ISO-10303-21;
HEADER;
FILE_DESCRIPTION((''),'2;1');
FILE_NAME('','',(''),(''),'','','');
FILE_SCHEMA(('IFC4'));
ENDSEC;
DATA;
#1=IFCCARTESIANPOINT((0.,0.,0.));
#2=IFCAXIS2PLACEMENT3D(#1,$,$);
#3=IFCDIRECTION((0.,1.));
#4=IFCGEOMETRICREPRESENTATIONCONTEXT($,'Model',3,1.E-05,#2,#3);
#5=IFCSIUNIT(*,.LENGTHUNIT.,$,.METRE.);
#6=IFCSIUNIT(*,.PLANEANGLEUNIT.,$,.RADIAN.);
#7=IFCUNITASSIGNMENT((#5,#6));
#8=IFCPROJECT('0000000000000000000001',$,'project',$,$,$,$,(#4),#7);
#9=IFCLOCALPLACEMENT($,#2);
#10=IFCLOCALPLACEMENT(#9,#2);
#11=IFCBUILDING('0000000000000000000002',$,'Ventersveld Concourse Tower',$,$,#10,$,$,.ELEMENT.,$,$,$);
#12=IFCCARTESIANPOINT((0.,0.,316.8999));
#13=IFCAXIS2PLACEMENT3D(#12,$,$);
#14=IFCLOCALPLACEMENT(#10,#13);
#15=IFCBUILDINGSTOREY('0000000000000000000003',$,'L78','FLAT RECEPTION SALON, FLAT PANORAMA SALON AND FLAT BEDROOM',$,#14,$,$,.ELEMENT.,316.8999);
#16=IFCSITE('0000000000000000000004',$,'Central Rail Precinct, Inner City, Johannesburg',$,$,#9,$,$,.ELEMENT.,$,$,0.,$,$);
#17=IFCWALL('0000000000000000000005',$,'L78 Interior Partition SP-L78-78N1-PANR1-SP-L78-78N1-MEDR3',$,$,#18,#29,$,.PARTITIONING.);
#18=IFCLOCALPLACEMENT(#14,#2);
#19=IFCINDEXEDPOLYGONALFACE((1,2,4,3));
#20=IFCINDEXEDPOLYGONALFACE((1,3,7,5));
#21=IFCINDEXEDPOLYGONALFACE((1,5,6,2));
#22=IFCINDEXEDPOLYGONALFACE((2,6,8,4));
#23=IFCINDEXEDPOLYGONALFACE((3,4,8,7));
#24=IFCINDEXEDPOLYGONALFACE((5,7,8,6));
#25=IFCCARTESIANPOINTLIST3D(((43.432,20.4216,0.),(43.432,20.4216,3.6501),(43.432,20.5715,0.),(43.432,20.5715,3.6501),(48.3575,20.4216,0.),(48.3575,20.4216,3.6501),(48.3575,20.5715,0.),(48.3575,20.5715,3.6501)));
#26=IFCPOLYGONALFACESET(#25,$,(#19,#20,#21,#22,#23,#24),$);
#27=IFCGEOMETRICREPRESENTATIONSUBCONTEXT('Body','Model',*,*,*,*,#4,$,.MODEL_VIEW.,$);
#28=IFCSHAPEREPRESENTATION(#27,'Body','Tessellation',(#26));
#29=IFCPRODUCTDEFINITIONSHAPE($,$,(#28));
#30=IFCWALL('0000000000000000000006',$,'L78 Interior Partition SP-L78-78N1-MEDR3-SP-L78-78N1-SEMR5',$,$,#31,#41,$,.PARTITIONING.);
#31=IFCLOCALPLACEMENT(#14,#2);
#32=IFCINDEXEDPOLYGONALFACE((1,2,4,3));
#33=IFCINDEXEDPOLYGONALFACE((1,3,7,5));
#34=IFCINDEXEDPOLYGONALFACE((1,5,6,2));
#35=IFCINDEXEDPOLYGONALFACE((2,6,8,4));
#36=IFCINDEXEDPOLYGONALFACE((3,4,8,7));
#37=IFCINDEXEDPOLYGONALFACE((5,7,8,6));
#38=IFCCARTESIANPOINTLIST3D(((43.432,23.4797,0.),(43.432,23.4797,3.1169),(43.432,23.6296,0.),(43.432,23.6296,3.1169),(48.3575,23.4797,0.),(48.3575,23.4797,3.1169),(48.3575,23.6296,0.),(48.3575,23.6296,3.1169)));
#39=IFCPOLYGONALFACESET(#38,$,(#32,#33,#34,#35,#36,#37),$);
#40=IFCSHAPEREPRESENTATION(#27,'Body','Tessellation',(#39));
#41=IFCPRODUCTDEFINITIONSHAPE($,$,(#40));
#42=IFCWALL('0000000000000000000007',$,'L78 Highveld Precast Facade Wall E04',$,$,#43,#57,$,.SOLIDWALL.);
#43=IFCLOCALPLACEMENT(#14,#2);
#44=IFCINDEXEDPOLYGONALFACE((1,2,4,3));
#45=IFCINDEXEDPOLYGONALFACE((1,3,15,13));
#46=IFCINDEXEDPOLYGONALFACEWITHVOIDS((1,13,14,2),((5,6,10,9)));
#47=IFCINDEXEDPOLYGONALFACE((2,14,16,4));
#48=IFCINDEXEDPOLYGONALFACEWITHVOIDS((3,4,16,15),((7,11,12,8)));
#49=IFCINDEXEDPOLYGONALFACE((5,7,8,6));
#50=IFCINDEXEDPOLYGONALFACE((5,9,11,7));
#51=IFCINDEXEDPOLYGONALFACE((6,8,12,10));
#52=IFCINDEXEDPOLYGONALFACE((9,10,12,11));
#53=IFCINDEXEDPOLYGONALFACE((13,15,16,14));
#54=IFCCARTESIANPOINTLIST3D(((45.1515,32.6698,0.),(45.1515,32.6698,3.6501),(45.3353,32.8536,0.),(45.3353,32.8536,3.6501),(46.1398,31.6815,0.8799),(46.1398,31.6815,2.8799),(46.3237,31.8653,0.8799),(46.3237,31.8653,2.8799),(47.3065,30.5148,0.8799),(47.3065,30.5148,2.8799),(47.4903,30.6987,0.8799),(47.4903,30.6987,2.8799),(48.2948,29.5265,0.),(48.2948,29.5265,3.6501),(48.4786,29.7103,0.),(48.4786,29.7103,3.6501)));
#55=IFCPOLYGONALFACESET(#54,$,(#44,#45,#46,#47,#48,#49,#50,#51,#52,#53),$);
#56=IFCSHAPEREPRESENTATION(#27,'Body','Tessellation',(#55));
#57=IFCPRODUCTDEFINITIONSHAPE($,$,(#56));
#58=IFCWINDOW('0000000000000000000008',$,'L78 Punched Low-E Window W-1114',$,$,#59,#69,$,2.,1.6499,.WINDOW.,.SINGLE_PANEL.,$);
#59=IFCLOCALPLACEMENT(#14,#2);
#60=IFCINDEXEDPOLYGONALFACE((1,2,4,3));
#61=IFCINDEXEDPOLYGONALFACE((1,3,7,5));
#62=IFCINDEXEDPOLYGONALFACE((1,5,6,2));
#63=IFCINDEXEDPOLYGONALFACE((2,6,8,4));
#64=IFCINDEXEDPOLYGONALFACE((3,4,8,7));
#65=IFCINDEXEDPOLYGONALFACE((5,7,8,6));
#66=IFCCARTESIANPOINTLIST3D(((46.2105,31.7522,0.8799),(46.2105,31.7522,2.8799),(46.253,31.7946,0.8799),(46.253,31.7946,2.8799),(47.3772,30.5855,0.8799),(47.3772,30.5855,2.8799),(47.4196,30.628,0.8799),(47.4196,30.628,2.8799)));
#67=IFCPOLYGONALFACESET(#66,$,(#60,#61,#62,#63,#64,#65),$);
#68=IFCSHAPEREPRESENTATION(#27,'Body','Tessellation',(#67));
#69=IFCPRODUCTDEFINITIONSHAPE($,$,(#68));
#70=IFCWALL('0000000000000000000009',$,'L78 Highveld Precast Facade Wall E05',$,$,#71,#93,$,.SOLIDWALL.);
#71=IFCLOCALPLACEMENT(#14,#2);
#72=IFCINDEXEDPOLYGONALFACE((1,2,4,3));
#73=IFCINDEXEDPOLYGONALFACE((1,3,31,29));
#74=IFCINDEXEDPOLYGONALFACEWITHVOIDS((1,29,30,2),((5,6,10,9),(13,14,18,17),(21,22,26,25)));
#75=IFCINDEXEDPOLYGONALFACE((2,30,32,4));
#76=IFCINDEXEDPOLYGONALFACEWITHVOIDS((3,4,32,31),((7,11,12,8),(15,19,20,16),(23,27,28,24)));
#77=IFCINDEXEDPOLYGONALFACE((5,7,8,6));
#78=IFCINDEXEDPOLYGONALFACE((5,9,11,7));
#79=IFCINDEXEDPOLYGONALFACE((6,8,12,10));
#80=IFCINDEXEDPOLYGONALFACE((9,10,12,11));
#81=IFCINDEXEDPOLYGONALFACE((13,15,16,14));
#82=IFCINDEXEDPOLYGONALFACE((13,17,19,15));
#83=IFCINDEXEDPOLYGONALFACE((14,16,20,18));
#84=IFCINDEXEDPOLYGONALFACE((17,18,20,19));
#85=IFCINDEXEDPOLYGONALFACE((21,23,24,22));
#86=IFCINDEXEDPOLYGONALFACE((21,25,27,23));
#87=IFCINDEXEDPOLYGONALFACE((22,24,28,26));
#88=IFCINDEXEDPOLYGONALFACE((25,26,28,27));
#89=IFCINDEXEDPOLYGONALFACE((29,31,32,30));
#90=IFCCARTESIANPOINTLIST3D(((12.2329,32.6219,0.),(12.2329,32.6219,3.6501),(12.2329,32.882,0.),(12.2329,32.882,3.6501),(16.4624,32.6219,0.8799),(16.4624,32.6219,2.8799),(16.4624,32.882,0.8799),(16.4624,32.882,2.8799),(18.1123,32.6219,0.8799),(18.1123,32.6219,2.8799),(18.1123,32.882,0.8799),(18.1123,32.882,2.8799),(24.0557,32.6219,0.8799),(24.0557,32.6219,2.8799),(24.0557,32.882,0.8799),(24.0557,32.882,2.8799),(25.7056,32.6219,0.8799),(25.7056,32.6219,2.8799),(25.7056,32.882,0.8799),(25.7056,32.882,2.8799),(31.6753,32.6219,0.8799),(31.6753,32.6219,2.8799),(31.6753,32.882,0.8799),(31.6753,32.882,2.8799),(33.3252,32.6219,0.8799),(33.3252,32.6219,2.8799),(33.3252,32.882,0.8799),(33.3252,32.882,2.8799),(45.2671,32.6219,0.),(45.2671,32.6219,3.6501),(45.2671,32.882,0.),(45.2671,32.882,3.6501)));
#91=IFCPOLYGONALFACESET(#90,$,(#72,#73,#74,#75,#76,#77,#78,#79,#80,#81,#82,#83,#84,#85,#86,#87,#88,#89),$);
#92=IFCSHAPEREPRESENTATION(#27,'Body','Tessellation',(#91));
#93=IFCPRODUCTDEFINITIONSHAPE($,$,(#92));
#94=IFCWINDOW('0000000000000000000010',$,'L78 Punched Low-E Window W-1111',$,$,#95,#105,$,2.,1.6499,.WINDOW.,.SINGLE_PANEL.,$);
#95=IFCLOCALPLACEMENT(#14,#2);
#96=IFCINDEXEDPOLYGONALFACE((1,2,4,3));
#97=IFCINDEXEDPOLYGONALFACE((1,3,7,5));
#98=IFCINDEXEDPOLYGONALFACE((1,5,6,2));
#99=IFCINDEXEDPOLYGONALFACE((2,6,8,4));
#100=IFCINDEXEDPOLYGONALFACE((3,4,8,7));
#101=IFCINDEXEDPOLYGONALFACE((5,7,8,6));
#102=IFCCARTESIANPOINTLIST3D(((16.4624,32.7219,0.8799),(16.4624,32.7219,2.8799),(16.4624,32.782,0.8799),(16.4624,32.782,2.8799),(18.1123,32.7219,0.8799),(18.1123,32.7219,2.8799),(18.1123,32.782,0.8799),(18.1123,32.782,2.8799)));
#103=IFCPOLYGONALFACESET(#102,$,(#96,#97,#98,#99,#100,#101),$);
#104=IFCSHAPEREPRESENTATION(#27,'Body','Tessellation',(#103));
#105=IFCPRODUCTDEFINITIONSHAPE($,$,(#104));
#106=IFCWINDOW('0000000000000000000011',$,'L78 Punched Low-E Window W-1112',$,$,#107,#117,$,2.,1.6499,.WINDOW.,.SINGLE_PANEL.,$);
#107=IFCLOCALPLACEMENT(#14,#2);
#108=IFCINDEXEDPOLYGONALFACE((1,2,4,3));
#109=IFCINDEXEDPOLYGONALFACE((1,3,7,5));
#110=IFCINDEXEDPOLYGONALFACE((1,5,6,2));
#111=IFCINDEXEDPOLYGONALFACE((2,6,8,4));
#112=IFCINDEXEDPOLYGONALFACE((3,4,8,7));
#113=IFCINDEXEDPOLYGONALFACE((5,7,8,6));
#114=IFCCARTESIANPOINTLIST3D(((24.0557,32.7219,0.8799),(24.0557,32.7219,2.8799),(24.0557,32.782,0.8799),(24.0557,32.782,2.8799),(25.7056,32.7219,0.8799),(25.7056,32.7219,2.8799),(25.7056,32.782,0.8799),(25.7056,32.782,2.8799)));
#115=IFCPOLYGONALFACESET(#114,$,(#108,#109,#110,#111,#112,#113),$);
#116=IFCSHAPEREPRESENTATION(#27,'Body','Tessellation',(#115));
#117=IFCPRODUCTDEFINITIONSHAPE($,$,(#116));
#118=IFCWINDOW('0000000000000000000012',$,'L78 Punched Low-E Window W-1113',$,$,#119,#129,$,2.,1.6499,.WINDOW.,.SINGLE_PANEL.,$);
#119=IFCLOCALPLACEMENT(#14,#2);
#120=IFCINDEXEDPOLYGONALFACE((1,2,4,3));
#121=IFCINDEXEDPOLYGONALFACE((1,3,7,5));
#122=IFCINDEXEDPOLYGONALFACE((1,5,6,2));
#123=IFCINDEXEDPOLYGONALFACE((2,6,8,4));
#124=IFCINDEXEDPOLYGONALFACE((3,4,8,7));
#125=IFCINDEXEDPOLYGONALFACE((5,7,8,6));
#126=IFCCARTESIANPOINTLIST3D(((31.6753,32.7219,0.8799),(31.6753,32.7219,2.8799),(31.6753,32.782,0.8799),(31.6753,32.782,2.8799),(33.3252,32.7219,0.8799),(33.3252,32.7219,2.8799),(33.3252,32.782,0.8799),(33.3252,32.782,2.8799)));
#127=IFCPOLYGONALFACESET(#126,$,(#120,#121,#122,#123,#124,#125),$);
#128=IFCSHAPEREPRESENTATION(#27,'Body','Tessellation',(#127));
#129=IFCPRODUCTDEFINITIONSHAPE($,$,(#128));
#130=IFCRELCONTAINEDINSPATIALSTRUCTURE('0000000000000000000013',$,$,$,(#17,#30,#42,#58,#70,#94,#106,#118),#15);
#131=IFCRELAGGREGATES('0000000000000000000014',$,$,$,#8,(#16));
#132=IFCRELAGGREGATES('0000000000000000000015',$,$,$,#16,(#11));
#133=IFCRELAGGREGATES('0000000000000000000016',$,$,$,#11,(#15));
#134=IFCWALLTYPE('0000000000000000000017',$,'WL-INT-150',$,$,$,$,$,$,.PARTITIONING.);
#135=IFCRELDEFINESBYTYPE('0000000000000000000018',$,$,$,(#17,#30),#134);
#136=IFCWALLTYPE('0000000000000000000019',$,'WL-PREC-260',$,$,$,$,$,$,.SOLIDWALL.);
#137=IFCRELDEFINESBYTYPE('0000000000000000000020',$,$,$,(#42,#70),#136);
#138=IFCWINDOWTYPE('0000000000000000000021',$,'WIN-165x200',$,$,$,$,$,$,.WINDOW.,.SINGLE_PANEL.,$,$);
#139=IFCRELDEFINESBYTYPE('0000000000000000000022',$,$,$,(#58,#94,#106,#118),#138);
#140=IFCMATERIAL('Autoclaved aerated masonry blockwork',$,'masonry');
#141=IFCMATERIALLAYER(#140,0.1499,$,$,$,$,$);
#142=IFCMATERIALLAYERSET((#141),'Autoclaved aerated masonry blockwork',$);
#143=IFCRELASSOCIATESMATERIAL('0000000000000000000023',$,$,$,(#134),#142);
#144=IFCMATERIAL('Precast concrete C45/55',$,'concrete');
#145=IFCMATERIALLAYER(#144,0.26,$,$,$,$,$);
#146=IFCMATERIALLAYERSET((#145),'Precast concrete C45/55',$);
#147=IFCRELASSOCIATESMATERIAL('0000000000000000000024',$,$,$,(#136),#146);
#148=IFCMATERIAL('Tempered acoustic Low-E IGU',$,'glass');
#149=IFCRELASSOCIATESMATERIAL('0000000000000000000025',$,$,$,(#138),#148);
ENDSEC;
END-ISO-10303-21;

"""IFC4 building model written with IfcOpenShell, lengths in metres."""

from ifc_helpers import new_model, si_unit, direction, frame, frame_2d, origin, place, context, subcontext, project, spatial, rectangle, extrude, material, layer, layer_set, type_object, element, fill, save


model = new_model("IFC4")

# Units and contexts
model_context = context("Model", 3, precision=1e-05, world=origin(), true_north=direction((0.0, 1.0)))
body_context = subcontext(model_context, "Body", "Model", "MODEL_VIEW")
ifc_project = project(units=[si_unit("LENGTHUNIT", "METRE"), si_unit("PLANEANGLEUNIT", "RADIAN")], contexts=[model_context])

# Site, building, storey
site_placement = place(None, origin())
site = spatial("IfcSite", under=ifc_project, at=site_placement, Name="Central Rail Precinct, Inner City, Johannesburg", CompositionType="ELEMENT", RefElevation=0.0)
building_placement = place(site_placement, origin())
building = spatial("IfcBuilding", under=site, at=building_placement, Name="Ventersveld Concourse Tower", CompositionType="ELEMENT")
storey_placement = place(building_placement, frame((0.0, 0.0, 316.8999)))
storey = spatial("IfcBuildingStorey", under=building, at=storey_placement, Name="L78", Description="FLAT RECEPTION SALON, FLAT PANORAMA SALON AND FLAT BEDROOM", CompositionType="ELEMENT", Elevation=316.8999)

# Shared definitions
ifc_material_1 = material(Name="Autoclaved aerated masonry blockwork", Category="masonry")
ifc_layer_1 = layer(ifc_material_1, 0.1499)
ifc_layer_set_1 = layer_set([ifc_layer_1], Name="Autoclaved aerated masonry blockwork")
wall_type_1 = type_object("IfcWallType", Name="WL-INT-150", PredefinedType="PARTITIONING", material=ifc_layer_set_1)

# Walls
wall_1_placement = place(storey_placement, frame((43.4319, 20.4966, 0.0), z_axis=(0.0, 0.0, 1.0), x_axis=(1.0, 0.0, 0.0)))
element("IfcWall", 1, at=wall_1_placement, inside=storey, type_object=wall_type_1, Name="L78 Interior Partition SP-L78-78N1-PANR1-SP-L78-78N1-MEDR3", PredefinedType="PARTITIONING", context=body_context, shape_type="SweptSolid", body=[
    extrude(rectangle(XDim=4.9255, YDim=0.1499, at=frame_2d((2.4629, 0.0))), origin(), (0.0, 0.0, 1.0), 3.6501),
])
wall_2_placement = place(storey_placement, frame((43.4319, 23.5547, 0.0), z_axis=(0.0, 0.0, 1.0), x_axis=(1.0, 0.0, 0.0)))
element("IfcWall", 2, at=wall_2_placement, inside=storey, type_object=wall_type_1, Name="L78 Interior Partition SP-L78-78N1-MEDR3-SP-L78-78N1-SEMR5", PredefinedType="PARTITIONING", context=body_context, shape_type="SweptSolid", body=[
    extrude(rectangle(XDim=4.9255, YDim=0.1499, at=frame_2d((2.4629, 0.0))), origin(), (0.0, 0.0, 1.0), 3.1169),
])

# Wall, opening, window
ifc_material_2 = material(Name="Precast concrete C45/55", Category="concrete")
ifc_layer_2 = layer(ifc_material_2, 0.26)
ifc_layer_set_2 = layer_set([ifc_layer_2], Name="Precast concrete C45/55")
wall_type_2 = type_object("IfcWallType", Name="WL-PREC-260", PredefinedType="SOLIDWALL", material=ifc_layer_set_2)
wall_3_placement = place(storey_placement, frame((48.3867, 29.6184, 0.0), z_axis=(0.0, 0.0, 1.0), x_axis=(-0.707107, 0.707107, 0.0)))
wall_3 = element("IfcWall", 3, at=wall_3_placement, inside=storey, type_object=wall_type_2, Name="L78 Highveld Precast Facade Wall E04", PredefinedType="SOLIDWALL", context=body_context, shape_type="SweptSolid", body=[
    extrude(rectangle(XDim=4.4453, YDim=0.26, at=frame_2d((2.2227, 0.0))), origin(), (0.0, 0.0, 1.0), 3.6501),
])
opening_1_placement = place(wall_3_placement, frame((1.3977, 0.0, 0.8799)))
opening_1 = element("IfcOpeningElement", 4, at=opening_1_placement, cuts=wall_3, PredefinedType="OPENING", context=body_context, shape_type="SweptSolid", body=[
    extrude(rectangle(XDim=1.6499, YDim=2.0, at=frame_2d((0.825, 1.0))), frame((0.0, 0.1401, 0.0), z_axis=(0.0, -1.0, 0.0), x_axis=(1.0, 0.0, 0.0)), (0.0, 0.0, 1.0), 0.28),
])
ifc_material_3 = material(Name="Tempered acoustic Low-E IGU", Category="glass")
window_type = type_object("IfcWindowType", Name="WIN-165x200", PartitioningType="SINGLE_PANEL", PredefinedType="WINDOW", material=ifc_material_3)
window_1_placement = place(opening_1_placement, origin())
window_1 = element("IfcWindow", 5, at=window_1_placement, inside=storey, type_object=window_type, Name="L78 Punched Low-E Window W-1114", OverallHeight=2.0, OverallWidth=1.6499, PartitioningType="SINGLE_PANEL", PredefinedType="WINDOW", context=body_context, shape_type="SweptSolid", body=[
    extrude(rectangle(XDim=1.6499, YDim=2.0, at=frame_2d((0.825, 1.0))), frame((0.0, 0.03, 0.0), z_axis=(0.0, -1.0, 0.0), x_axis=(1.0, 0.0, 0.0)), (0.0, 0.0, 1.0), 0.0601),
])
fill(opening_1, window_1)

# Wall, openings, windows
wall_4_placement = place(storey_placement, frame((45.2671, 32.752, 0.0), z_axis=(0.0, 0.0, 1.0), x_axis=(-1.0, 0.0, 0.0)))
wall_4 = element("IfcWall", 6, at=wall_4_placement, inside=storey, type_object=wall_type_2, Name="L78 Highveld Precast Facade Wall E05", PredefinedType="SOLIDWALL", context=body_context, shape_type="SweptSolid", body=[
    extrude(rectangle(XDim=33.0342, YDim=0.26, at=frame_2d((16.5171, 0.0))), origin(), (0.0, 0.0, 1.0), 3.6501),
])
opening_2_placement = place(wall_4_placement, frame((27.1548, 0.0, 0.8799)))
opening_2 = element("IfcOpeningElement", 7, at=opening_2_placement, cuts=wall_4, PredefinedType="OPENING", context=body_context, shape_type="SweptSolid", body=[
    extrude(rectangle(XDim=1.6499, YDim=2.0, at=frame_2d((0.825, 1.0))), frame((0.0, 0.1401, 0.0), z_axis=(0.0, -1.0, 0.0), x_axis=(1.0, 0.0, 0.0)), (0.0, 0.0, 1.0), 0.28),
])
opening_3_placement = place(wall_4_placement, frame((19.5615, 0.0, 0.8799)))
opening_3 = element("IfcOpeningElement", 8, at=opening_3_placement, cuts=wall_4, PredefinedType="OPENING", context=body_context, shape_type="SweptSolid", body=[
    extrude(rectangle(XDim=1.6499, YDim=2.0, at=frame_2d((0.825, 1.0))), frame((0.0, 0.1401, 0.0), z_axis=(0.0, -1.0, 0.0), x_axis=(1.0, 0.0, 0.0)), (0.0, 0.0, 1.0), 0.28),
])
opening_4_placement = place(wall_4_placement, frame((11.9419, 0.0, 0.8799)))
opening_4 = element("IfcOpeningElement", 9, at=opening_4_placement, cuts=wall_4, PredefinedType="OPENING", context=body_context, shape_type="SweptSolid", body=[
    extrude(rectangle(XDim=1.6499, YDim=2.0, at=frame_2d((0.825, 1.0))), frame((0.0, 0.1401, 0.0), z_axis=(0.0, -1.0, 0.0), x_axis=(1.0, 0.0, 0.0)), (0.0, 0.0, 1.0), 0.28),
])
window_2_placement = place(opening_2_placement, origin())
window_2 = element("IfcWindow", 10, at=window_2_placement, inside=storey, type_object=window_type, Name="L78 Punched Low-E Window W-1111", OverallHeight=2.0, OverallWidth=1.6499, PartitioningType="SINGLE_PANEL", PredefinedType="WINDOW", context=body_context, shape_type="SweptSolid", body=[
    extrude(rectangle(XDim=1.6499, YDim=2.0, at=frame_2d((0.825, 1.0))), frame((0.0, 0.03, 0.0), z_axis=(0.0, -1.0, 0.0), x_axis=(1.0, 0.0, 0.0)), (0.0, 0.0, 1.0), 0.0601),
])
fill(opening_2, window_2)
window_3_placement = place(opening_3_placement, origin())
window_3 = element("IfcWindow", 11, at=window_3_placement, inside=storey, type_object=window_type, Name="L78 Punched Low-E Window W-1112", OverallHeight=2.0, OverallWidth=1.6499, PartitioningType="SINGLE_PANEL", PredefinedType="WINDOW", context=body_context, shape_type="SweptSolid", body=[
    extrude(rectangle(XDim=1.6499, YDim=2.0, at=frame_2d((0.825, 1.0))), frame((0.0, 0.03, 0.0), z_axis=(0.0, -1.0, 0.0), x_axis=(1.0, 0.0, 0.0)), (0.0, 0.0, 1.0), 0.0601),
])
fill(opening_3, window_3)
window_4_placement = place(opening_4_placement, origin())
window_4 = element("IfcWindow", 12, at=window_4_placement, inside=storey, type_object=window_type, Name="L78 Punched Low-E Window W-1113", OverallHeight=2.0, OverallWidth=1.6499, PartitioningType="SINGLE_PANEL", PredefinedType="WINDOW", context=body_context, shape_type="SweptSolid", body=[
    extrude(rectangle(XDim=1.6499, YDim=2.0, at=frame_2d((0.825, 1.0))), frame((0.0, 0.03, 0.0), z_axis=(0.0, -1.0, 0.0), x_axis=(1.0, 0.0, 0.0)), (0.0, 0.0, 1.0), 0.0601),
])
fill(opening_4, window_4)

save(model, "model.ifc")
